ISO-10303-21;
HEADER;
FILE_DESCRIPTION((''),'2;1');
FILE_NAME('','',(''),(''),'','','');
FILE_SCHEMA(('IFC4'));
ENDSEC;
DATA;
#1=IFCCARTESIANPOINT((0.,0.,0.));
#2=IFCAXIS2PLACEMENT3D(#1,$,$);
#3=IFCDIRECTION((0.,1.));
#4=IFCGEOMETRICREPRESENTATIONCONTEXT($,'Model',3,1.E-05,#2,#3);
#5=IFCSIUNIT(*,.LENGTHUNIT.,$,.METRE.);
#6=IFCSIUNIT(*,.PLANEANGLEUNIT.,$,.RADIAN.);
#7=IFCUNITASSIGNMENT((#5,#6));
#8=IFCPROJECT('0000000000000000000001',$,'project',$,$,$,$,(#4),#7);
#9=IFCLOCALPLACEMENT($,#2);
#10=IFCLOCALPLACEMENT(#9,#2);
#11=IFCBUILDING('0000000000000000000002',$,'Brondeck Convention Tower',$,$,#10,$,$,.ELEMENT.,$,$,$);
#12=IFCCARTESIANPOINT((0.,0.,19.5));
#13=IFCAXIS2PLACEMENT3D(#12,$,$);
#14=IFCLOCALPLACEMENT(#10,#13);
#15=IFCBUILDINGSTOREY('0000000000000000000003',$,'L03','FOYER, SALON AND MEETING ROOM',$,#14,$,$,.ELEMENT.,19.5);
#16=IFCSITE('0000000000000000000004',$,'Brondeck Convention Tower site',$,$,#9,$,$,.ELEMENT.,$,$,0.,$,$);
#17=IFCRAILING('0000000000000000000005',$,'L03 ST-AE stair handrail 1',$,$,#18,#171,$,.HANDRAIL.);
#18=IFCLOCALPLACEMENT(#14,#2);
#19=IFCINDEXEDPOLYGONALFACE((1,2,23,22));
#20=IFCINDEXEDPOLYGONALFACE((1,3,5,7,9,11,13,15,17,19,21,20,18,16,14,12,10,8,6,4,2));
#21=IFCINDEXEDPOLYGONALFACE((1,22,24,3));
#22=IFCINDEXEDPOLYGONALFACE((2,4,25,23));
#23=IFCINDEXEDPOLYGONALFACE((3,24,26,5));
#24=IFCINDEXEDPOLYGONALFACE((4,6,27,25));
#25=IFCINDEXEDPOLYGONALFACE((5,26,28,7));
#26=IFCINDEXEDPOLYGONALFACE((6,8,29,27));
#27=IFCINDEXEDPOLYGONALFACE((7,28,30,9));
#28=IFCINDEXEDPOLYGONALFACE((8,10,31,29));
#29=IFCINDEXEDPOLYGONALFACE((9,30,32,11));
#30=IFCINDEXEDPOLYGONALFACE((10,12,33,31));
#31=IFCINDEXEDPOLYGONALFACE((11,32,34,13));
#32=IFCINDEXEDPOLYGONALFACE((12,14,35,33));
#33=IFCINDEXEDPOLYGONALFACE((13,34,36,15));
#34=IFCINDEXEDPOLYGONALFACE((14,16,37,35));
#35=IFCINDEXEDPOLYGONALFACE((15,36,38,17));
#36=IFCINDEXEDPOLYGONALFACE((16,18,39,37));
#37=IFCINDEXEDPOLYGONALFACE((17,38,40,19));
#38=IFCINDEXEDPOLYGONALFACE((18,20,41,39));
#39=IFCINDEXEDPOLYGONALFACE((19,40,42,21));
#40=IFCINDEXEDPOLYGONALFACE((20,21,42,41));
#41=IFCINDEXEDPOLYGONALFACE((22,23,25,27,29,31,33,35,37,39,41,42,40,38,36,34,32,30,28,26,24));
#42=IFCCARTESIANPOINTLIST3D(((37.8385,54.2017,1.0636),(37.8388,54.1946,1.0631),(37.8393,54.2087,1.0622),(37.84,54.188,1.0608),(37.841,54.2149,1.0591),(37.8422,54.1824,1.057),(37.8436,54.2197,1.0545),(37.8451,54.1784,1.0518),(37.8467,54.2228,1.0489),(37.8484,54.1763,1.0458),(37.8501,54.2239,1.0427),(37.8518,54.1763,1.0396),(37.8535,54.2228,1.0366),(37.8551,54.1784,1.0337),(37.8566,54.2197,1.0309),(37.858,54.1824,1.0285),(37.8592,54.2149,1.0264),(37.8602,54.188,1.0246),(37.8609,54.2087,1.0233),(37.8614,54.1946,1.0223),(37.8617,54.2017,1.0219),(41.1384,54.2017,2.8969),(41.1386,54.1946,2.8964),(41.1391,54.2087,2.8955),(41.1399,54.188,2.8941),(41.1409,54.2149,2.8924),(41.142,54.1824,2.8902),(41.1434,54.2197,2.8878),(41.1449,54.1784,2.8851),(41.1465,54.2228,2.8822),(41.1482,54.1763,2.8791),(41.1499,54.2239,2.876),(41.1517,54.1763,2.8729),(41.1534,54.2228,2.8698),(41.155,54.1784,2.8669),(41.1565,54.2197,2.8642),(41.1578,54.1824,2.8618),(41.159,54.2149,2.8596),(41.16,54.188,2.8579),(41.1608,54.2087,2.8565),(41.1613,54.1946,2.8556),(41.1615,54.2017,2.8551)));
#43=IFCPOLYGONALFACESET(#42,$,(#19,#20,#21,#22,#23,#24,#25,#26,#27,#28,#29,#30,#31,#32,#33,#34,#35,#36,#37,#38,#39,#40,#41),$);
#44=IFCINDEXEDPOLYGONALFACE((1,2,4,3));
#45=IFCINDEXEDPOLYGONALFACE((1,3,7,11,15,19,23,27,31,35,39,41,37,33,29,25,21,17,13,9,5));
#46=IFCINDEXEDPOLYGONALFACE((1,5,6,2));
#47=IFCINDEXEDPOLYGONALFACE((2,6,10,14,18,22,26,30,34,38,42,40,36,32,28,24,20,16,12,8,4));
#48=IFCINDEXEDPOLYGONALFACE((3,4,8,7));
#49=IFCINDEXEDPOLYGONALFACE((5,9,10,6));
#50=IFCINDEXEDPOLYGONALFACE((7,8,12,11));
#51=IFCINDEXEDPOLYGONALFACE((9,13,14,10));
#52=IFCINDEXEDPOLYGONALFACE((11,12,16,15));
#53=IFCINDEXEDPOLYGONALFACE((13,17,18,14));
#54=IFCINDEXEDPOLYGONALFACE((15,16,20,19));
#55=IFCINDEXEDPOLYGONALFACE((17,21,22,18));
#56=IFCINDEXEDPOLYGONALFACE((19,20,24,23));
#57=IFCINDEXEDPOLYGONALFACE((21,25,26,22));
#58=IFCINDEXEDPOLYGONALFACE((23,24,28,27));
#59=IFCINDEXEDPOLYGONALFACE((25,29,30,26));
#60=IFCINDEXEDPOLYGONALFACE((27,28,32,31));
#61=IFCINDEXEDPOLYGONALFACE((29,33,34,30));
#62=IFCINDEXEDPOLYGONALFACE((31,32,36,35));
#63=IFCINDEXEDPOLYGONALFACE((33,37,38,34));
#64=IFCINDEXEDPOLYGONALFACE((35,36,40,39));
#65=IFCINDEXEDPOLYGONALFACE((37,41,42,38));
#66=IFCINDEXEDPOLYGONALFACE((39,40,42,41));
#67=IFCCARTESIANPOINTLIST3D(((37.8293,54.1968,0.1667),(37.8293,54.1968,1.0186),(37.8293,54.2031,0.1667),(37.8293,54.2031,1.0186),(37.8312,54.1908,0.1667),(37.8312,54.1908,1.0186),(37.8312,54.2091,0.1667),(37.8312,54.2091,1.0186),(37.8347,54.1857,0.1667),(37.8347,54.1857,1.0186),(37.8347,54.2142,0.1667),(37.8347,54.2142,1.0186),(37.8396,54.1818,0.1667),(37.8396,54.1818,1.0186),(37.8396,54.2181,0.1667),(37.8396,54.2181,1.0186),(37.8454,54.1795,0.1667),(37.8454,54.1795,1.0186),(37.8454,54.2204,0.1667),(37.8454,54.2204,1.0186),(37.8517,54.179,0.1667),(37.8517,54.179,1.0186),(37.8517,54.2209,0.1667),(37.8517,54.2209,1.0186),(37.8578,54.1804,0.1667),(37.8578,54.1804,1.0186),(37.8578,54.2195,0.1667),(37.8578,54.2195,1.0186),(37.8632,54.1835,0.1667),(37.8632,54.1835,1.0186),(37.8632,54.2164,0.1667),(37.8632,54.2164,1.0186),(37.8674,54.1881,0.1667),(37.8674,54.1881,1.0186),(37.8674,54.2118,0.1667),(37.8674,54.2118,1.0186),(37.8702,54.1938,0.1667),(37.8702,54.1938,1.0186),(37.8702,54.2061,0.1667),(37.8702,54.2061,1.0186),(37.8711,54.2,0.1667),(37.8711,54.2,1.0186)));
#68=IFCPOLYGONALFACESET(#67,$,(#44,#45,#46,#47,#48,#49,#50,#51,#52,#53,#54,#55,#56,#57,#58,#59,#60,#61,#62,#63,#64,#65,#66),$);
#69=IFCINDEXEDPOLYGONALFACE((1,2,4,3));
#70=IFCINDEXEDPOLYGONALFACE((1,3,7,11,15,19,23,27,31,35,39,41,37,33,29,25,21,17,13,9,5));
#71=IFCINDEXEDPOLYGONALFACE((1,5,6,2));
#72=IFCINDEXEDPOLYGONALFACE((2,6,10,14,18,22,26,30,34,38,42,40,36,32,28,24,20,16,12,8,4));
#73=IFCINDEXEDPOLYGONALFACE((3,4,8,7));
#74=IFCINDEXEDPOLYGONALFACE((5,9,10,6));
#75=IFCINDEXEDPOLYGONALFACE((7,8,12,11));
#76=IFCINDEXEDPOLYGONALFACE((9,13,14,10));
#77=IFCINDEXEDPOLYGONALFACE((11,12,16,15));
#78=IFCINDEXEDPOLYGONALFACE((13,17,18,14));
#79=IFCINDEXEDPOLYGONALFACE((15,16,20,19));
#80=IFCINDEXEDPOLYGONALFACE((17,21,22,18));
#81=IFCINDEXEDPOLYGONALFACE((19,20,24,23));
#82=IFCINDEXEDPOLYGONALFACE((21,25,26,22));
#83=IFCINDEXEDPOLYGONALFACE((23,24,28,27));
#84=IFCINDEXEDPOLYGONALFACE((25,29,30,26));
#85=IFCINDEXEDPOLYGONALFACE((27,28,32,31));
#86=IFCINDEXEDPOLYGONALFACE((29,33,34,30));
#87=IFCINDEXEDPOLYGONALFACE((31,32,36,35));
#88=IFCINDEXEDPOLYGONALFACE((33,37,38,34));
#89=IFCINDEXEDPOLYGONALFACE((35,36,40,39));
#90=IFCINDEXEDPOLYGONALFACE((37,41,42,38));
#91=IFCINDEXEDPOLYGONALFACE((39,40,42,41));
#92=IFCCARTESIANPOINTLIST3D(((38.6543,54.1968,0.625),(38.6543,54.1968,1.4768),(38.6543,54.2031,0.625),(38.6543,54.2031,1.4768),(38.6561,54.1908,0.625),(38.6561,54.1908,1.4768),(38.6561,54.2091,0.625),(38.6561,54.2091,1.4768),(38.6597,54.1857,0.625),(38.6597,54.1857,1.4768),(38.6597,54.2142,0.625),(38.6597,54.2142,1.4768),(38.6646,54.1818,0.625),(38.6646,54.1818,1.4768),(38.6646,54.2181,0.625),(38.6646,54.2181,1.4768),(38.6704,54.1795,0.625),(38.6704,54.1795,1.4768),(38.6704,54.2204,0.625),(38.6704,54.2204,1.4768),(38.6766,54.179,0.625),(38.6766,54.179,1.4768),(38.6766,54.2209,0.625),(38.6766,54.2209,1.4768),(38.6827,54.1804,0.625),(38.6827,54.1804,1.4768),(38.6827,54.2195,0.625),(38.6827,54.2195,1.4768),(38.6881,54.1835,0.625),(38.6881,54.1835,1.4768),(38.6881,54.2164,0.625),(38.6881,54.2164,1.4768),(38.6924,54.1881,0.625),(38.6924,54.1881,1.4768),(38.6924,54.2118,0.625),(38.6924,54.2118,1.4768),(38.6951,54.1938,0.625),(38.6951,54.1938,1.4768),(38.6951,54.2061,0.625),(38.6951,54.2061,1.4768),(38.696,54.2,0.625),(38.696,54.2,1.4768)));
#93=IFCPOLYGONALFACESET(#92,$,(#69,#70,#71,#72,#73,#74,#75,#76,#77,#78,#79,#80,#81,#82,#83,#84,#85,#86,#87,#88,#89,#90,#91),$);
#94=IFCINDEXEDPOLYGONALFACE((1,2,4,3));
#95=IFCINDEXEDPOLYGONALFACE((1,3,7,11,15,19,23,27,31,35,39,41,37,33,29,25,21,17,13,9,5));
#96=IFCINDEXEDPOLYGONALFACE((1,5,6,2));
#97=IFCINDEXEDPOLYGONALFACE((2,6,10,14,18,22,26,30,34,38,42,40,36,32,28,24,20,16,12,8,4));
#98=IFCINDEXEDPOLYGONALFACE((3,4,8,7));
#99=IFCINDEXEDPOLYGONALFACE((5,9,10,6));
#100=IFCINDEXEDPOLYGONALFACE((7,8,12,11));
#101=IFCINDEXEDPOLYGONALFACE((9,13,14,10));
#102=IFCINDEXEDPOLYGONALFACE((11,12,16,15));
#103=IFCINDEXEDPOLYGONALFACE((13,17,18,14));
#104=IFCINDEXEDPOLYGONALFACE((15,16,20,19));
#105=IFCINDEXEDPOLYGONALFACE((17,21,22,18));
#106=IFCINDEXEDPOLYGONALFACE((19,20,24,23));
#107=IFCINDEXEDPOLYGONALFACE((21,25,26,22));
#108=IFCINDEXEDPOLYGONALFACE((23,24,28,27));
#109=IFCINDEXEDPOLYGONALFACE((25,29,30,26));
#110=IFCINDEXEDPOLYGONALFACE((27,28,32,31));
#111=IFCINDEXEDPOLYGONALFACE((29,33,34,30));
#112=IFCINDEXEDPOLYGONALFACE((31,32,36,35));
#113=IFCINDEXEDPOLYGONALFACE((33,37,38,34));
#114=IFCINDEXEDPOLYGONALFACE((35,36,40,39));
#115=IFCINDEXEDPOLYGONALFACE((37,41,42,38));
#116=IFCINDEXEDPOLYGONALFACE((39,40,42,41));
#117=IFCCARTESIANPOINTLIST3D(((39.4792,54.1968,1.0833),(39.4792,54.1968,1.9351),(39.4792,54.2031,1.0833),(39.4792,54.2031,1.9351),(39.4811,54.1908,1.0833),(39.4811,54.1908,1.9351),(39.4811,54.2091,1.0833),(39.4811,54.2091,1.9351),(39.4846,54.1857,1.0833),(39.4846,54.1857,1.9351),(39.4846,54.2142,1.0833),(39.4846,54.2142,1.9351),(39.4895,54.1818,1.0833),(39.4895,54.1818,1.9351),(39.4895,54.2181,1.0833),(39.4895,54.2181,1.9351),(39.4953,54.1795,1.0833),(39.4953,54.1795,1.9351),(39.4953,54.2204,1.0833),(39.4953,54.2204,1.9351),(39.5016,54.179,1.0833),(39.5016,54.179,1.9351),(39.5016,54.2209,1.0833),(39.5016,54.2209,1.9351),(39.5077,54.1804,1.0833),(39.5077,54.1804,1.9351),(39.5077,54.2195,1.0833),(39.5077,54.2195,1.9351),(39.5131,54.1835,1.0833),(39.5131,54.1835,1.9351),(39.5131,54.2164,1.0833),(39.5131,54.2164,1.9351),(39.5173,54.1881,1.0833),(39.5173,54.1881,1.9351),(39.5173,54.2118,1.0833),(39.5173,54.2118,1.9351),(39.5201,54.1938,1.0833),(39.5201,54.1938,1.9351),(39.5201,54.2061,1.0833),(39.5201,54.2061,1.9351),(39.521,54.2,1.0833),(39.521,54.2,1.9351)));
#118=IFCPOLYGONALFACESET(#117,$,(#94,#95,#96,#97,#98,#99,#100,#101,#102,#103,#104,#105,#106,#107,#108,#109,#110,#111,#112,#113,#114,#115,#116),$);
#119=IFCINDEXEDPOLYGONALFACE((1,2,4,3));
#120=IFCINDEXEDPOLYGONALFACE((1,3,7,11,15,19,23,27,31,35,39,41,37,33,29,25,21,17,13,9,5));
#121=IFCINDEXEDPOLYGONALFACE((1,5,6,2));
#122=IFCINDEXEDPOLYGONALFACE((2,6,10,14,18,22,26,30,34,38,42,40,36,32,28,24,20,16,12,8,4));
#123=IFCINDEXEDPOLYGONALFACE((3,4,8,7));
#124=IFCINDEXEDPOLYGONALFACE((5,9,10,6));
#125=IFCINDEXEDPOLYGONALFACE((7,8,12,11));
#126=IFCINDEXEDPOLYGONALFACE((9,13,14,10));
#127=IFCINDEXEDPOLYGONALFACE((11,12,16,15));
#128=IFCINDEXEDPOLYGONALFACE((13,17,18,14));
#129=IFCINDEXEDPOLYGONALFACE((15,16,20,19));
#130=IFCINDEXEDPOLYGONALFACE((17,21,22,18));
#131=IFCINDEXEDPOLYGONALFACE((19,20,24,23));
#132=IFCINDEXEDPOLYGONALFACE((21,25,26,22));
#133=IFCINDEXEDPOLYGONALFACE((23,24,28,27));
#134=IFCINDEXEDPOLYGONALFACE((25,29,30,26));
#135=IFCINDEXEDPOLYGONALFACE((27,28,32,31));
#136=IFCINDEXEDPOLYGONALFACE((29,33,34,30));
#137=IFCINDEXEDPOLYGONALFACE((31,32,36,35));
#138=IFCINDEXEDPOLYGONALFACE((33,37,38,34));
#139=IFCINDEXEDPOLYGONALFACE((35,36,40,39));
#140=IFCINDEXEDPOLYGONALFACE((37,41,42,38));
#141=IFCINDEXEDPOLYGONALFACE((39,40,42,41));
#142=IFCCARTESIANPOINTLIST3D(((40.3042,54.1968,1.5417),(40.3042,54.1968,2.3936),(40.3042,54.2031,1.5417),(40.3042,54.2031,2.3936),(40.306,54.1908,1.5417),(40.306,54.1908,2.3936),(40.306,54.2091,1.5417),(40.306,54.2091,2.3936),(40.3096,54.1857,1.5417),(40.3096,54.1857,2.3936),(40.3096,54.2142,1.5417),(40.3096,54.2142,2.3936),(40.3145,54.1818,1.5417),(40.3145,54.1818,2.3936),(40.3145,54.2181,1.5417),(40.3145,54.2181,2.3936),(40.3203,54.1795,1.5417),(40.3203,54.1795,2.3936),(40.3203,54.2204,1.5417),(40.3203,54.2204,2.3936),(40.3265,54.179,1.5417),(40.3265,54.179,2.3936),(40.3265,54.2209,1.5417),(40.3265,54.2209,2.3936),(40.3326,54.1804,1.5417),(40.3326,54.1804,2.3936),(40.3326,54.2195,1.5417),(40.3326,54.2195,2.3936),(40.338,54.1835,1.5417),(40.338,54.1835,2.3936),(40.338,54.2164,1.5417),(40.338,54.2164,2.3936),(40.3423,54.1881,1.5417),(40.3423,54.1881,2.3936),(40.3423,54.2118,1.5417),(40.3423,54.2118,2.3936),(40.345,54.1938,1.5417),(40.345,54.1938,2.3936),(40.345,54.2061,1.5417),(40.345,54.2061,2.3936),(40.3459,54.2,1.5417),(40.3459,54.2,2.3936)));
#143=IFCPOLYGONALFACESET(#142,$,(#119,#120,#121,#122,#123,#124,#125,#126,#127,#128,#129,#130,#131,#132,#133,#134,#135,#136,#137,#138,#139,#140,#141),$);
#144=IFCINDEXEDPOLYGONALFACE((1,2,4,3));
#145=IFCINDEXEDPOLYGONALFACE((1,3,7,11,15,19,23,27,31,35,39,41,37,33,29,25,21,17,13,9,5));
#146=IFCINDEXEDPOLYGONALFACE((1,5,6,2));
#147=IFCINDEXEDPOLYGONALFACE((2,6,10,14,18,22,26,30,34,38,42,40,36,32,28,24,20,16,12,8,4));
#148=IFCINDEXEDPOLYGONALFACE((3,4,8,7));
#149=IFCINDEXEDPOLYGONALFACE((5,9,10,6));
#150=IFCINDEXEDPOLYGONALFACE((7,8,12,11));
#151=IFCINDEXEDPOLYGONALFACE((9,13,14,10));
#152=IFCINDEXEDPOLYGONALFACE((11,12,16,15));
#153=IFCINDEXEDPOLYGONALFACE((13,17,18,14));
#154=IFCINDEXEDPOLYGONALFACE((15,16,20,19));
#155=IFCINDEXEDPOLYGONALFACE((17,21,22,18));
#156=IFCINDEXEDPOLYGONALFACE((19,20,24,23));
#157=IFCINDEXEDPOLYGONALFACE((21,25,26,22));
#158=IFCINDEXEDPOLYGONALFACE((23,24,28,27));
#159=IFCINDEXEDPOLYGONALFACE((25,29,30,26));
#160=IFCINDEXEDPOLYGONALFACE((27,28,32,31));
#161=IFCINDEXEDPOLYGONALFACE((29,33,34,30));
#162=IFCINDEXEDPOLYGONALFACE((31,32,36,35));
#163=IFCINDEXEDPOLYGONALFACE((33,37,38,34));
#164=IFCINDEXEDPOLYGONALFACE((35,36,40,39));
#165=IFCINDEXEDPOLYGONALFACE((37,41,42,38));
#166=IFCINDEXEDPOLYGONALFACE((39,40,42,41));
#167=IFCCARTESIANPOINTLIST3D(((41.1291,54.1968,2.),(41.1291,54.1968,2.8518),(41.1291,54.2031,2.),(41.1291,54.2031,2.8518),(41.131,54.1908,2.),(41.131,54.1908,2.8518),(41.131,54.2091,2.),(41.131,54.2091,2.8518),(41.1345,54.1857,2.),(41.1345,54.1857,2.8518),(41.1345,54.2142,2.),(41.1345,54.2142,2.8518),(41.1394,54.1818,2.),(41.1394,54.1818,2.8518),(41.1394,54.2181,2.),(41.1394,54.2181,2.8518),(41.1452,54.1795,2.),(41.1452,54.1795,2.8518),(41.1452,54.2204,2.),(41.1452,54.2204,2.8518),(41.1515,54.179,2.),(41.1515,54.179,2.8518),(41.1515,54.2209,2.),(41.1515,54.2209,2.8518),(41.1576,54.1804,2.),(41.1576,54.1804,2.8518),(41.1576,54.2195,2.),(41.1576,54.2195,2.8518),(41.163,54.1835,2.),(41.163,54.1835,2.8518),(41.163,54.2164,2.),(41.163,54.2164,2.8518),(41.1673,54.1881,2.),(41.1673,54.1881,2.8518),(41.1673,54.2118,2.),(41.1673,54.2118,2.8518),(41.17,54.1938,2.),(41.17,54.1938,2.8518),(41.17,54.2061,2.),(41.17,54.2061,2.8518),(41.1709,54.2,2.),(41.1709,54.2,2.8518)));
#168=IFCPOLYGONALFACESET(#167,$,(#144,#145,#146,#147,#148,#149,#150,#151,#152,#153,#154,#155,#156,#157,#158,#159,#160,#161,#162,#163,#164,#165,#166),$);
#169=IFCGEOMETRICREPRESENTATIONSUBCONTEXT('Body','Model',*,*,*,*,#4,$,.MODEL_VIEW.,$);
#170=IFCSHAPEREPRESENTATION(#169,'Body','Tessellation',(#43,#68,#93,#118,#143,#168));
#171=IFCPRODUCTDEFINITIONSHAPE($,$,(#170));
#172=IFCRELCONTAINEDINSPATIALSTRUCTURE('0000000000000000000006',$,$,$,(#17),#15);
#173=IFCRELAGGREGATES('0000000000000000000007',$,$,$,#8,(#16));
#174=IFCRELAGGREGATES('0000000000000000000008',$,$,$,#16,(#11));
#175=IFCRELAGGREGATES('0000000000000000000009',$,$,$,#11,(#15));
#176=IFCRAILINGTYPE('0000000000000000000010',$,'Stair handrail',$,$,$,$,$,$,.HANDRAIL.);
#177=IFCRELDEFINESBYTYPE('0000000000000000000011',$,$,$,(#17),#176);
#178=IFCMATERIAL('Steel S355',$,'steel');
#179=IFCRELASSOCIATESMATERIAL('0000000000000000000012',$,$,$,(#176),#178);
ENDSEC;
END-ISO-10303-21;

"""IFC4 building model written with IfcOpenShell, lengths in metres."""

from ifc_helpers import new_model, si_unit, direction, frame, origin, origin_2d, place, context, subcontext, project, spatial, circle, extrude, material, type_object, element, save


model = new_model("IFC4")

# Units and contexts
model_context = context("Model", 3, precision=1e-05, world=origin(), true_north=direction((0.0, 1.0)))
body_context = subcontext(model_context, "Body", "Model", "MODEL_VIEW")
ifc_project = project(units=[si_unit("LENGTHUNIT", "METRE"), si_unit("PLANEANGLEUNIT", "RADIAN")], contexts=[model_context])

# Site, building, storey
site_placement = place(None, origin())
site = spatial("IfcSite", under=ifc_project, at=site_placement, Name="Brondeck Convention Tower site", CompositionType="ELEMENT", RefElevation=0.0)
building_placement = place(site_placement, origin())
building = spatial("IfcBuilding", under=site, at=building_placement, Name="Brondeck Convention Tower", CompositionType="ELEMENT")
storey_placement = place(building_placement, frame((0.0, 0.0, 19.5)))
storey = spatial("IfcBuildingStorey", under=building, at=storey_placement, Name="L03", Description="FOYER, SALON AND MEETING ROOM", CompositionType="ELEMENT", Elevation=19.5)

# Shared definitions
ifc_material_1 = material(Name="Steel S355", Category="steel")

# Railing
railing_type_1 = type_object("IfcRailingType", Name="Stair handrail", PredefinedType="HANDRAIL", material=ifc_material_1)
railing_1_placement = place(storey_placement, frame((37.8501, 54.2, 0.1667)))
element("IfcRailing", 1, at=railing_1_placement, inside=storey, type_object=railing_type_1, Name="L03 ST-AE stair handrail 1", PredefinedType="HANDRAIL", context=body_context, shape_type="SweptSolid", body=[
    extrude(circle(Radius=0.0239, at=origin_2d()), frame((0.0, 0.0, 0.876), z_axis=(0.874154, 0.0, 0.485648), x_axis=(0.0, 1.0, 0.0)), (0.0, 0.0, 1.0), 3.7749),
    extrude(circle(Radius=0.021, at=origin_2d()), origin(), (0.0, 0.0, 1.0), 0.8518),
    extrude(circle(Radius=0.021, at=origin_2d()), frame((0.825, 0.0, 0.4583)), (0.0, 0.0, 1.0), 0.8518),
    extrude(circle(Radius=0.021, at=origin_2d()), frame((1.6499, 0.0, 0.9165)), (0.0, 0.0, 1.0), 0.8518),
    extrude(circle(Radius=0.021, at=origin_2d()), frame((2.4749, 0.0, 1.375)), (0.0, 0.0, 1.0), 0.8518),
    extrude(circle(Radius=0.021, at=origin_2d()), frame((3.2998, 0.0, 1.8333)), (0.0, 0.0, 1.0), 0.8518),
])

save(model, "model.ifc")
